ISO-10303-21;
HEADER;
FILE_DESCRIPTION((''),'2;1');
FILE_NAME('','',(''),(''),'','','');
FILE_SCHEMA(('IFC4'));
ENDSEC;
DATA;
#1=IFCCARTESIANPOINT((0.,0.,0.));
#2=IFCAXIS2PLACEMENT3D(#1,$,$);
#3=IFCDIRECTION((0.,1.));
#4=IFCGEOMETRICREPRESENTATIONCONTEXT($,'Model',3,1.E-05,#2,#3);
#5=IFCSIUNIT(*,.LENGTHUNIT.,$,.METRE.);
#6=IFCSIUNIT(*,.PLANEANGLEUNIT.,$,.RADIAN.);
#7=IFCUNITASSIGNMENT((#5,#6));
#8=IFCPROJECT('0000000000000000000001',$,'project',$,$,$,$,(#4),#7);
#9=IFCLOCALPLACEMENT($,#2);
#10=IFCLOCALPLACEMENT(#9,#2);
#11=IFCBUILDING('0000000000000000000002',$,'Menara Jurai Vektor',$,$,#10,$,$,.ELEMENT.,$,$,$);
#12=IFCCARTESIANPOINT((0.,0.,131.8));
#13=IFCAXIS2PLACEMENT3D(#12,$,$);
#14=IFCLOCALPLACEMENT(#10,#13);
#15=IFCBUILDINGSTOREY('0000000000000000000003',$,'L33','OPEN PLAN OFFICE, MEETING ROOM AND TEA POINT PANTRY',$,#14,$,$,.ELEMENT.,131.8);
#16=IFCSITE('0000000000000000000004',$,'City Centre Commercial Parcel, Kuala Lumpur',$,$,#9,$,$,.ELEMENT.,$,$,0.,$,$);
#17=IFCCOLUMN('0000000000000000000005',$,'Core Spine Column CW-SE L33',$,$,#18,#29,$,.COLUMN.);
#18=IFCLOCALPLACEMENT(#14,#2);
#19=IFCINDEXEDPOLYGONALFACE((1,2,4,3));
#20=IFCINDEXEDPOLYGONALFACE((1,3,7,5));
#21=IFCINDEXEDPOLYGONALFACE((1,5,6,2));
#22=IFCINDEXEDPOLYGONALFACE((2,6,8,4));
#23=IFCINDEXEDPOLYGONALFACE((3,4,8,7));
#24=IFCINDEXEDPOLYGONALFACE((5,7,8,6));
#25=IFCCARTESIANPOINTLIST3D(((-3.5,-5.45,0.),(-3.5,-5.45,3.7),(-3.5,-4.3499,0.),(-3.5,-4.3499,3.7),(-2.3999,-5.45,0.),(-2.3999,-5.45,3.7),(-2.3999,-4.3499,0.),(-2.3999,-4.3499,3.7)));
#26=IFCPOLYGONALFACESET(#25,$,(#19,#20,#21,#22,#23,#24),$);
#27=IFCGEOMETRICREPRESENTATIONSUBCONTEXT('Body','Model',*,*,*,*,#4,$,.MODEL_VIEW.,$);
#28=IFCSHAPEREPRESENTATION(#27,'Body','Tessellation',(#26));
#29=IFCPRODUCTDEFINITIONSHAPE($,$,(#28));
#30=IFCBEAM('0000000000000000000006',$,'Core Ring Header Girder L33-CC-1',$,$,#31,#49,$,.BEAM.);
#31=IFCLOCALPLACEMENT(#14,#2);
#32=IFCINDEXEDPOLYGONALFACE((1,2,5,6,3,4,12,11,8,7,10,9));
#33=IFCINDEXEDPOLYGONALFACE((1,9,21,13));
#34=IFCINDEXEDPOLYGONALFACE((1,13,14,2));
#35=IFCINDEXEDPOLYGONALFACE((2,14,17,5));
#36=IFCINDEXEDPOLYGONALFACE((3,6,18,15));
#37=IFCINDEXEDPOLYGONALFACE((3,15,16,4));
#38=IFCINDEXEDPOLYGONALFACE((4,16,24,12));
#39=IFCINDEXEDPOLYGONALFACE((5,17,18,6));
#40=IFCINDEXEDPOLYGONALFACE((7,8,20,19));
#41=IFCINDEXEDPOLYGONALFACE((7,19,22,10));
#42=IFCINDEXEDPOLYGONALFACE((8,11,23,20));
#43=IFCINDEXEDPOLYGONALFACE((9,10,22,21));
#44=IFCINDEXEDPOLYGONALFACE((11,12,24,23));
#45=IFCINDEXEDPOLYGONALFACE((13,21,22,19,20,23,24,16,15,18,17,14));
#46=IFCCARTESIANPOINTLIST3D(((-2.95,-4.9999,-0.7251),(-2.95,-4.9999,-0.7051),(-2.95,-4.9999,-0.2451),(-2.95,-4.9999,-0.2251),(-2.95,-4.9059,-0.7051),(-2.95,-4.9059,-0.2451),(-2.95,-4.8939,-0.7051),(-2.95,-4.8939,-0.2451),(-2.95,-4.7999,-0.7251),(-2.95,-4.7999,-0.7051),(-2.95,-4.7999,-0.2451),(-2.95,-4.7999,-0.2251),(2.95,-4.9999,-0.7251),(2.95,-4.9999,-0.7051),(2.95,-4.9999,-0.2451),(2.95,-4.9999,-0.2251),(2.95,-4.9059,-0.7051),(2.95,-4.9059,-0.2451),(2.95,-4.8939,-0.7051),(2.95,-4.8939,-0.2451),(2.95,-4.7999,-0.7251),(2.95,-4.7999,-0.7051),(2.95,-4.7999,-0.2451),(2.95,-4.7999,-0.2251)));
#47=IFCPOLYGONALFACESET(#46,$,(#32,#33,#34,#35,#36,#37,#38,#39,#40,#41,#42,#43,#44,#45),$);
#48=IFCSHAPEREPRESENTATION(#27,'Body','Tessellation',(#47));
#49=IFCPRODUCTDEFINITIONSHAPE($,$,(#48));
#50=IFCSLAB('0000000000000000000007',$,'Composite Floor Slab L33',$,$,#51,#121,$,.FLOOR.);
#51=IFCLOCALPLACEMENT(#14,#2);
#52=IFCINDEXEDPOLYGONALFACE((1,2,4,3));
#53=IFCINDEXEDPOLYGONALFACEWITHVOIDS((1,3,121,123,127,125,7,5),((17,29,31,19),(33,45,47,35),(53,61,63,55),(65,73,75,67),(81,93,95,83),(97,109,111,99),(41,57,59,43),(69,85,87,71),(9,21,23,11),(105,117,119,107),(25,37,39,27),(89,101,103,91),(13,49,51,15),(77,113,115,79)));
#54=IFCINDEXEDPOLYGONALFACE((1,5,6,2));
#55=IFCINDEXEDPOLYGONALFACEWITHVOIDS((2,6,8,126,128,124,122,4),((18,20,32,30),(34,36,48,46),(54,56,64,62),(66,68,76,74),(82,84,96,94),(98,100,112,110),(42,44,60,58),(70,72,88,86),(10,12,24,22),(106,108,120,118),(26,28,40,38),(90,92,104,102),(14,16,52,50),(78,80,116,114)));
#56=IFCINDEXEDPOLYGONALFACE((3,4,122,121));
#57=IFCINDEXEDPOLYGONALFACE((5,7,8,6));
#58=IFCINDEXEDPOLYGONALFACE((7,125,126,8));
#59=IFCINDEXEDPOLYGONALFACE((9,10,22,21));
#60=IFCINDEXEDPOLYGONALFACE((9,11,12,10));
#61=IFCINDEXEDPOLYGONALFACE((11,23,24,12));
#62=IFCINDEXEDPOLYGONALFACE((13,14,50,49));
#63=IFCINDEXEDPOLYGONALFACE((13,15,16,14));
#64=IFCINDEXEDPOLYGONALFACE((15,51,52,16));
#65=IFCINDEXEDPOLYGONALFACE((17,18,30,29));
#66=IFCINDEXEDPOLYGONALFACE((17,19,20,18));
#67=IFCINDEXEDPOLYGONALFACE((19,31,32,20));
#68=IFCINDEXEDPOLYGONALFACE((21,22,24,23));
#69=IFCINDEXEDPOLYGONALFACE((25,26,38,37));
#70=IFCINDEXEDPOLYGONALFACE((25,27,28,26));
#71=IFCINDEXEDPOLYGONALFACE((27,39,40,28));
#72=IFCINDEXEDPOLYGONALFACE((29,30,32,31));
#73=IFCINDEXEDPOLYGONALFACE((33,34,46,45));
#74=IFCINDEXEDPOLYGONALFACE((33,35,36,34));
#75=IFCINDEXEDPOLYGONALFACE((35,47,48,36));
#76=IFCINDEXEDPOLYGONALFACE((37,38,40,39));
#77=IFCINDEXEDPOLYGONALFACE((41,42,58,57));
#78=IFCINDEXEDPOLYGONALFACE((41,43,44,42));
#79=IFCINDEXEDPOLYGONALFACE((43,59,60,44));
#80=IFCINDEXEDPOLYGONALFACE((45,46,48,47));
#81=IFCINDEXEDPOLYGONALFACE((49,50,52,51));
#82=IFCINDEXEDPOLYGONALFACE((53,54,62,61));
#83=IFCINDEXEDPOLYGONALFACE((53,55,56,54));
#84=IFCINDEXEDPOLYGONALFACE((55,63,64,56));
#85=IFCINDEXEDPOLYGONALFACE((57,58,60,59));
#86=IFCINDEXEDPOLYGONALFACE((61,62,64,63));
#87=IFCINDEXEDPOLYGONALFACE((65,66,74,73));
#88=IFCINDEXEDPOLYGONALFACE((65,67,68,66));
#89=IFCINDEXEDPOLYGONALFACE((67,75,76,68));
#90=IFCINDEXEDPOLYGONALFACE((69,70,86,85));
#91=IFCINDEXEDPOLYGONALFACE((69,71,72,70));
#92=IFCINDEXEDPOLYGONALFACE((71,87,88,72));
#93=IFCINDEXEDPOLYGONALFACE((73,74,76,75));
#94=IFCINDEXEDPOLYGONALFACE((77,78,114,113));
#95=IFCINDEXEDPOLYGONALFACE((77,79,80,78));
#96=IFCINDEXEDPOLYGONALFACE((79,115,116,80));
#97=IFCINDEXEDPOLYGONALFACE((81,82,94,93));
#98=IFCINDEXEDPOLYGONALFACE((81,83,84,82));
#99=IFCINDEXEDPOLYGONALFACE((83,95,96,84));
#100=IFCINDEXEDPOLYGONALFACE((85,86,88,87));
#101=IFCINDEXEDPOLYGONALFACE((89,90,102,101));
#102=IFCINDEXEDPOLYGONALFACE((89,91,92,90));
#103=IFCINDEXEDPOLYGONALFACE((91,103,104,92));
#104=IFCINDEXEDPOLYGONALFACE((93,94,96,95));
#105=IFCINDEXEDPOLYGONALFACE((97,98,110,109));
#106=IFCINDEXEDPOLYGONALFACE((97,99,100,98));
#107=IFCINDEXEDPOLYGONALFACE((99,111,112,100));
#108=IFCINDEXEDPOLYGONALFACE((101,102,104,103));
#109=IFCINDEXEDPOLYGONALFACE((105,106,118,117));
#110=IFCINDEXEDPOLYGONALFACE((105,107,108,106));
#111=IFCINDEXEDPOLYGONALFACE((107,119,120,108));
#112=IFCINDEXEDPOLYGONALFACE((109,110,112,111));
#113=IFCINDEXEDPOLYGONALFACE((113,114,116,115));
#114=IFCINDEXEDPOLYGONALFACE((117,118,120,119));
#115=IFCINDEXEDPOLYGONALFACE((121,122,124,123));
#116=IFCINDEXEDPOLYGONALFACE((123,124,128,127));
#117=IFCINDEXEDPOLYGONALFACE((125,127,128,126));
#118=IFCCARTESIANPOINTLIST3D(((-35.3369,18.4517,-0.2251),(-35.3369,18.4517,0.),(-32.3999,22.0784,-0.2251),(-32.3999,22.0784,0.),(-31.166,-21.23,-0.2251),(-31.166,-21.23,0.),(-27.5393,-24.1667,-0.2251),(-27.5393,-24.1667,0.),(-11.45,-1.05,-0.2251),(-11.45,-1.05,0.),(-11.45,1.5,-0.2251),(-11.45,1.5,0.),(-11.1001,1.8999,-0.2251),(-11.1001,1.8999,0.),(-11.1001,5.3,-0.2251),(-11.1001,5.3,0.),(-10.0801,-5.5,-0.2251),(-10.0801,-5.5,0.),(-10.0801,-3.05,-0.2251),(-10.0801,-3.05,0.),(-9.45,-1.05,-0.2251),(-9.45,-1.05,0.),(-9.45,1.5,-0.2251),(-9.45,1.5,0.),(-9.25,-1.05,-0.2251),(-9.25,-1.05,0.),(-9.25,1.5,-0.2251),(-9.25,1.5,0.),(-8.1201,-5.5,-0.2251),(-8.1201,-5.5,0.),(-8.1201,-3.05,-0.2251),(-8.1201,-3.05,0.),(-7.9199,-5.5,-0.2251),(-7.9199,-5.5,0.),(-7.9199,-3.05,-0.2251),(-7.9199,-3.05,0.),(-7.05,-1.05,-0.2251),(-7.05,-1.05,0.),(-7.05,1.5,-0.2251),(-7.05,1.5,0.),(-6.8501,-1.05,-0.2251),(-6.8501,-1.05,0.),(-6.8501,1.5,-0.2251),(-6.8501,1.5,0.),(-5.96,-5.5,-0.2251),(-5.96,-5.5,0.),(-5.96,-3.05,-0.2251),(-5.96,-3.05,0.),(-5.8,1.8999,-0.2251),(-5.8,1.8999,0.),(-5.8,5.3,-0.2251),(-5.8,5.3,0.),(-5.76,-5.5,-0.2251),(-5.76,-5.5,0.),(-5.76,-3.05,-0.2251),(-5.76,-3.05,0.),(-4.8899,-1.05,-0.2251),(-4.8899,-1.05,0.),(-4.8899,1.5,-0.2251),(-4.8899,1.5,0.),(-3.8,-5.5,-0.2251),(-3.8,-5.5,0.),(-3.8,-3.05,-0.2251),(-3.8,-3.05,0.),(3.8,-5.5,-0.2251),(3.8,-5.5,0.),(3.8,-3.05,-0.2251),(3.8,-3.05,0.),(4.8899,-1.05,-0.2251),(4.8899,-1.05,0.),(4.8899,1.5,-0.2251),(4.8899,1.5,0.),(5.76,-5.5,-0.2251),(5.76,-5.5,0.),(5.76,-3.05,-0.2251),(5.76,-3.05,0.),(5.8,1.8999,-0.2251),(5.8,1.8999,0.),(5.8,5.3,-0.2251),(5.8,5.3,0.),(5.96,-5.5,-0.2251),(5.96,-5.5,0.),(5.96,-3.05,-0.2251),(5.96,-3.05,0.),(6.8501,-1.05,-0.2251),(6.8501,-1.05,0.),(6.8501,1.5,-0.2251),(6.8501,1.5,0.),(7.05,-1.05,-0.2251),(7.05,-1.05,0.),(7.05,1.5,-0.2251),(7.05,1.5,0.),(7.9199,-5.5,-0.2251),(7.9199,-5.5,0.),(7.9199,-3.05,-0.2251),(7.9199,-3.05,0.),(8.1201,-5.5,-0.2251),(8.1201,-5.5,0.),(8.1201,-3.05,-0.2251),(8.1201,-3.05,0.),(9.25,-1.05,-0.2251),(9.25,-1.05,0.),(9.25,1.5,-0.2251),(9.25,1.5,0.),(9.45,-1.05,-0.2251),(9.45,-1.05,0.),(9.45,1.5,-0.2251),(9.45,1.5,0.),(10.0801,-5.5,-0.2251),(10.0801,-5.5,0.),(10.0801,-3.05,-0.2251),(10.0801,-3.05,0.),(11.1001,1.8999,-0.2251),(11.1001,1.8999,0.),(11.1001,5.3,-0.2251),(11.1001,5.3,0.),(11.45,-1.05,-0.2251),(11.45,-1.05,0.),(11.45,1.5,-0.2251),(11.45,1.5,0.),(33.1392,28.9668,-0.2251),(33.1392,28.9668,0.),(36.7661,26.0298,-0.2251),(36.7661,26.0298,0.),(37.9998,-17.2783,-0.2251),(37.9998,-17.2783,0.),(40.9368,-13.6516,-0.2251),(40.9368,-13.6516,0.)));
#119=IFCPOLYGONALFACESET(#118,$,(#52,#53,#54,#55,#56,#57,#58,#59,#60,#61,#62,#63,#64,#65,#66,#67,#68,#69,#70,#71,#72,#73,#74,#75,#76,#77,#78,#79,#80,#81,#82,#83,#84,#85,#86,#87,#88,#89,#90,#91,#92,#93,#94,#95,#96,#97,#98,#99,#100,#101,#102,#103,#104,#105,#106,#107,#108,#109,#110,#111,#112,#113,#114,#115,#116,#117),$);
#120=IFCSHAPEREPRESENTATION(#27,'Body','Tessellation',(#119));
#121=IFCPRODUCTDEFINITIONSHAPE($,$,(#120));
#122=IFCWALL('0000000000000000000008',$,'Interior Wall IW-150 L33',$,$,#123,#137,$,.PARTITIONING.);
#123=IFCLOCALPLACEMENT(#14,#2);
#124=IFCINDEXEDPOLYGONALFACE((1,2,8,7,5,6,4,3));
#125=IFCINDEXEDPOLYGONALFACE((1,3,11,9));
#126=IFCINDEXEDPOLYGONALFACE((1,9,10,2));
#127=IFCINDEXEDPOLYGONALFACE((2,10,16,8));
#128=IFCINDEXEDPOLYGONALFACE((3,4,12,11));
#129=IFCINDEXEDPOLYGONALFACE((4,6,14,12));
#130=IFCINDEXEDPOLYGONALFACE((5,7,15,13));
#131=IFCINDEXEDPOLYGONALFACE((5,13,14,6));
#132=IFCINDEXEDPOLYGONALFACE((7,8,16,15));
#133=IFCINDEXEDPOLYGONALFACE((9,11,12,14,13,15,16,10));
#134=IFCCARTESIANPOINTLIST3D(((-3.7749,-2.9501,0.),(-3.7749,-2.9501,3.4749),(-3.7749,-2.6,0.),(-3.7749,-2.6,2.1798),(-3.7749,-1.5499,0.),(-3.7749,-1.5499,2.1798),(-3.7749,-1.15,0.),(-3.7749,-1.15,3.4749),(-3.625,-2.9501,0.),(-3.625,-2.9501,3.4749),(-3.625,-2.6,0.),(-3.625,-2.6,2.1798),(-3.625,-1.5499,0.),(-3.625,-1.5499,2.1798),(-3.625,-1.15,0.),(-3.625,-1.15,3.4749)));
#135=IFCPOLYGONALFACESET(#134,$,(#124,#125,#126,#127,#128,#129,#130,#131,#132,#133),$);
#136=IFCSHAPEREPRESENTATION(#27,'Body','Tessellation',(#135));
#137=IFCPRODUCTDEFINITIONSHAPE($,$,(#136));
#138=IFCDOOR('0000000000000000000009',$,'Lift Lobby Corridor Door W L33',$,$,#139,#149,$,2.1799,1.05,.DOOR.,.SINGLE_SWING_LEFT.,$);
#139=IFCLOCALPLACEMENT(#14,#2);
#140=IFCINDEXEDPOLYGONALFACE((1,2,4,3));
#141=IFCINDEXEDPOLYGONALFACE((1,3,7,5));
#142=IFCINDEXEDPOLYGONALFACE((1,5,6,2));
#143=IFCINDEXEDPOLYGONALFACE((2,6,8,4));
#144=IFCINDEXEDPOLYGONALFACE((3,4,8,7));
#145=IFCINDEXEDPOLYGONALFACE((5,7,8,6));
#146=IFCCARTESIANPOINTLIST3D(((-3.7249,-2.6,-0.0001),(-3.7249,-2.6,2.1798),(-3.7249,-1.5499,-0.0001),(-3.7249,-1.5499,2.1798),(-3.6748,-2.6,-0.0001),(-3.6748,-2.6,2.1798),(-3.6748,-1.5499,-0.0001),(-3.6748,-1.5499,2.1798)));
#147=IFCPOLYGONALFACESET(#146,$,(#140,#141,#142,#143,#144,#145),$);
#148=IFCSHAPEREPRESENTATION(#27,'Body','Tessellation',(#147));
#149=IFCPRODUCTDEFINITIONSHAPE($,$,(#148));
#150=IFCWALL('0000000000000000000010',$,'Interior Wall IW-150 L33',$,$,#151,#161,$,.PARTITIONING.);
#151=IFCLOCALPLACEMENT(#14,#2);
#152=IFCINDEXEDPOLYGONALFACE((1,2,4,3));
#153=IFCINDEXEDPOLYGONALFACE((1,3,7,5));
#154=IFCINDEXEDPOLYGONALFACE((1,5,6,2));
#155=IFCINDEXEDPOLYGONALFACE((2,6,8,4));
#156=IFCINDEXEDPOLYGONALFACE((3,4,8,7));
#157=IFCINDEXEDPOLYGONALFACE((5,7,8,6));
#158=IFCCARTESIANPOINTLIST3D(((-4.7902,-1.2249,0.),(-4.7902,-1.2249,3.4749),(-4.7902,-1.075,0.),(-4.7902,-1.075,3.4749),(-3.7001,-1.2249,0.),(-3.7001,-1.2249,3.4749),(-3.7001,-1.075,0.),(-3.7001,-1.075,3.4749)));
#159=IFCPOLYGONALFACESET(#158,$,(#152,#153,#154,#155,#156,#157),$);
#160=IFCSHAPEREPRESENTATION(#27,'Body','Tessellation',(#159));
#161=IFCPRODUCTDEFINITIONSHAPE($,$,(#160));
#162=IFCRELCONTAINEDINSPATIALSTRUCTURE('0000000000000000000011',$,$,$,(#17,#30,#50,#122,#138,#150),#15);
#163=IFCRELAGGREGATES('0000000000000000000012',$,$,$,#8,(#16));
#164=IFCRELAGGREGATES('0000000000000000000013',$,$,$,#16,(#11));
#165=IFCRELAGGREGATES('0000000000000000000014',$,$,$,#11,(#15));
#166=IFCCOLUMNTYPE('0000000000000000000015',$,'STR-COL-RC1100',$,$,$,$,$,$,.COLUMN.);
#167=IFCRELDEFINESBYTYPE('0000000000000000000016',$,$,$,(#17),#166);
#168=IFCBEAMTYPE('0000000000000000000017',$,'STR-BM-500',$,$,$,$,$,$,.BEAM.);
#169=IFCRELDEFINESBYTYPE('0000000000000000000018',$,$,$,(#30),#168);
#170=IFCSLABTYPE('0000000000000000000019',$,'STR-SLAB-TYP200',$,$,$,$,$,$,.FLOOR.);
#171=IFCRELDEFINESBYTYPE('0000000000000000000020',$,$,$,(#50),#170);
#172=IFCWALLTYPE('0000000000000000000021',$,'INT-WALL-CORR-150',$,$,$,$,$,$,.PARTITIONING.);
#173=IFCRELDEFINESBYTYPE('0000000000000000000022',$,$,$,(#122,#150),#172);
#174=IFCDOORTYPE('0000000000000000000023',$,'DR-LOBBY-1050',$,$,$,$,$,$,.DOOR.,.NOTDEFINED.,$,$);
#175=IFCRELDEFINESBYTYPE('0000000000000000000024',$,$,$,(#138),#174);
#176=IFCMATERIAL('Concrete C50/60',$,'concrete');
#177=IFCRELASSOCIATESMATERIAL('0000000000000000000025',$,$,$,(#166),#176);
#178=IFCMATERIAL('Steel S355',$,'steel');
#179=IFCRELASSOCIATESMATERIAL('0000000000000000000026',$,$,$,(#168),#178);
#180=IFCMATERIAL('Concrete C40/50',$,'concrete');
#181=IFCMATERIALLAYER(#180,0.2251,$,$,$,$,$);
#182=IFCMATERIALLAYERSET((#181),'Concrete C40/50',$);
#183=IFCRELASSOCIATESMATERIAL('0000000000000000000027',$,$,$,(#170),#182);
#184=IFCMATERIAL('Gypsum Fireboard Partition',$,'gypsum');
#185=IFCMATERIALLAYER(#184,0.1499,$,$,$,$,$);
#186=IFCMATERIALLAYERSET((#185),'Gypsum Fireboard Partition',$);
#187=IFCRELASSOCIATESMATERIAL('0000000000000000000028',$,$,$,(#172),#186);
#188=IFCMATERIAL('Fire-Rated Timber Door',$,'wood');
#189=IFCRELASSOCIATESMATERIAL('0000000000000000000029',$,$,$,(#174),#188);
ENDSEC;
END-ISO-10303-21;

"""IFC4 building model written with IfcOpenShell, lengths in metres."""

from ifc_helpers import new_model, si_unit, direction, frame, frame_2d, origin, origin_2d, place, context, subcontext, project, spatial, polyline, rectangle, i_section, outline, extrude, material, layer, layer_set, material_profile, profile_set, type_object, element, fill, save


model = new_model("IFC4")

# Units and contexts
model_context = context("Model", 3, precision=1e-05, world=origin(), true_north=direction((0.0, 1.0)))
body_context = subcontext(model_context, "Body", "Model", "MODEL_VIEW")
ifc_project = project(units=[si_unit("LENGTHUNIT", "METRE"), si_unit("PLANEANGLEUNIT", "RADIAN")], contexts=[model_context])

# Site, building, storey
site_placement = place(None, origin())
site = spatial("IfcSite", under=ifc_project, at=site_placement, Name="City Centre Commercial Parcel, Kuala Lumpur", CompositionType="ELEMENT", RefElevation=0.0)
building_placement = place(site_placement, origin())
building = spatial("IfcBuilding", under=site, at=building_placement, Name="Menara Jurai Vektor", CompositionType="ELEMENT")
storey_placement = place(building_placement, frame((0.0, 0.0, 131.8)))
storey = spatial("IfcBuildingStorey", under=building, at=storey_placement, Name="L33", Description="OPEN PLAN OFFICE, MEETING ROOM AND TEA POINT PANTRY", CompositionType="ELEMENT", Elevation=131.8)

# Column
ifc_material_1 = material(Name="Concrete C50/60", Category="concrete")
ifc_material_profile_1 = material_profile(ifc_material_1, rectangle(XDim=1.1001, YDim=1.1001, at=origin_2d()), Name="RC 1100x1100")
ifc_profile_set_1 = profile_set([ifc_material_profile_1], Name="Concrete C50/60")
column_type = type_object("IfcColumnType", Name="STR-COL-RC1100", PredefinedType="COLUMN", material=ifc_profile_set_1)
column_placement = place(storey_placement, frame((-2.95, -4.8999, 0.0), z_axis=(0.0, 0.0, 1.0), x_axis=(1.0, 0.0, 0.0)))
element("IfcColumn", 1, at=column_placement, inside=storey, type_object=column_type, Name="Core Spine Column CW-SE L33", PredefinedType="COLUMN", context=body_context, shape_type="SweptSolid", body=[
    extrude(rectangle(XDim=1.1001, YDim=1.1001, at=origin_2d()), origin(), (0.0, 0.0, 1.0), 3.7),
])

# Beam
ifc_material_2 = material(Name="Steel S355", Category="steel")
ifc_material_profile_2 = material_profile(ifc_material_2, i_section(OverallWidth=0.2, OverallDepth=0.5, WebThickness=0.012, FlangeThickness=0.02, at=origin_2d()), Name="PG 500x200x96")
ifc_profile_set_2 = profile_set([ifc_material_profile_2], Name="Steel S355")
beam_type = type_object("IfcBeamType", Name="STR-BM-500", PredefinedType="BEAM", material=ifc_profile_set_2)
beam_placement = place(storey_placement, frame((-2.95, -4.8999, -0.4751), z_axis=(1.0, 0.0, 0.0), x_axis=(0.0, 1.0, 0.0)))
element("IfcBeam", 2, at=beam_placement, inside=storey, type_object=beam_type, Name="Core Ring Header Girder L33-CC-1", PredefinedType="BEAM", context=body_context, shape_type="SweptSolid", body=[
    extrude(i_section(OverallWidth=0.2, OverallDepth=0.5, WebThickness=0.012, FlangeThickness=0.02, at=origin_2d()), origin(), (0.0, 0.0, 1.0), 5.8999),
])

# Slab
ifc_material_3 = material(Name="Concrete C40/50", Category="concrete")
ifc_layer_1 = layer(ifc_material_3, 0.2251)
ifc_layer_set_1 = layer_set([ifc_layer_1], Name="Concrete C40/50")
slab_type = type_object("IfcSlabType", Name="STR-SLAB-TYP200", PredefinedType="FLOOR", material=ifc_layer_set_1)
slab_placement = place(storey_placement, frame((0.0, 0.0, -0.2251)))
element("IfcSlab", 3, at=slab_placement, inside=storey, type_object=slab_type, Name="Composite Floor Slab L33", PredefinedType="FLOOR", context=body_context, shape_type="SweptSolid", body=[
    extrude(outline(polyline([(-27.5393, -24.1667), (37.9998, -17.2783), (40.9368, -13.6516), (36.7661, 26.0298), (33.1392, 28.9668), (-32.3999, 22.0784), (-35.3369, 18.4517), (-31.166, -21.23), (-27.5393, -24.1667)]), holes=[polyline([(-11.1001, 1.8999), (-11.1001, 5.3), (-5.8, 5.3), (-5.8, 1.8999), (-11.1001, 1.8999)]), polyline([(5.8, 1.8999), (5.8, 5.3), (11.1001, 5.3), (11.1001, 1.8999), (5.8, 1.8999)]), polyline([(-11.45, -1.05), (-11.45, 1.5), (-9.45, 1.5), (-9.45, -1.05), (-11.45, -1.05)]), polyline([(9.45, -1.05), (9.45, 1.5), (11.45, 1.5), (11.45, -1.05), (9.45, -1.05)]), polyline([(-5.76, -5.5), (-5.76, -3.05), (-3.8, -3.05), (-3.8, -5.5), (-5.76, -5.5)]), polyline([(-6.8501, -1.05), (-6.8501, 1.5), (-4.8899, 1.5), (-4.8899, -1.05), (-6.8501, -1.05)]), polyline([(3.8, -5.5), (3.8, -3.05), (5.76, -3.05), (5.76, -5.5), (3.8, -5.5)]), polyline([(4.8899, -1.05), (4.8899, 1.5), (6.8501, 1.5), (6.8501, -1.05), (4.8899, -1.05)]), polyline([(-10.0801, -5.5), (-10.0801, -3.05), (-8.1201, -3.05), (-8.1201, -5.5), (-10.0801, -5.5)]), polyline([(-7.9199, -5.5), (-7.9199, -3.05), (-5.96, -3.05), (-5.96, -5.5), (-7.9199, -5.5)]), polyline([(5.96, -5.5), (5.96, -3.05), (7.9199, -3.05), (7.9199, -5.5), (5.96, -5.5)]), polyline([(8.1201, -5.5), (8.1201, -3.05), (10.0801, -3.05), (10.0801, -5.5), (8.1201, -5.5)]), polyline([(-9.25, -1.05), (-9.25, 1.5), (-7.05, 1.5), (-7.05, -1.05), (-9.25, -1.05)]), polyline([(7.05, -1.05), (7.05, 1.5), (9.25, 1.5), (9.25, -1.05), (7.05, -1.05)])]), origin(), (0.0, 0.0, 1.0), 0.2251),
])

# Wall, opening, door
ifc_material_4 = material(Name="Gypsum Fireboard Partition", Category="gypsum")
ifc_layer_2 = layer(ifc_material_4, 0.1499)
ifc_layer_set_2 = layer_set([ifc_layer_2], Name="Gypsum Fireboard Partition")
wall_type_1 = type_object("IfcWallType", Name="INT-WALL-CORR-150", PredefinedType="PARTITIONING", material=ifc_layer_set_2)
wall_1_placement = place(storey_placement, frame((-3.7, -2.95, 0.0), z_axis=(0.0, 0.0, 1.0), x_axis=(0.0, 1.0, 0.0)))
wall_1 = element("IfcWall", 4, at=wall_1_placement, inside=storey, type_object=wall_type_1, Name="Interior Wall IW-150 L33", PredefinedType="PARTITIONING", context=body_context, shape_type="SweptSolid", body=[
    extrude(rectangle(XDim=1.8, YDim=0.1499, at=frame_2d((0.8999, 0.0))), origin(), (0.0, 0.0, 1.0), 3.4749),
])
opening_1_placement = place(wall_1_placement, frame((0.3501, 0.0, 0.0)))
opening_1 = element("IfcOpeningElement", 5, at=opening_1_placement, cuts=wall_1, PredefinedType="OPENING", context=body_context, shape_type="SweptSolid", body=[
    extrude(rectangle(XDim=1.05, YDim=2.1799, at=frame_2d((0.5249, 1.0898))), frame((0.0, 0.085, 0.0), z_axis=(0.0, -1.0, 0.0), x_axis=(1.0, 0.0, 0.0)), (0.0, 0.0, 1.0), 0.1699),
])
ifc_material_5 = material(Name="Fire-Rated Timber Door", Category="wood")
door_type_1 = type_object("IfcDoorType", Name="DR-LOBBY-1050", OperationType="NOTDEFINED", PredefinedType="DOOR", material=ifc_material_5)
door_1_placement = place(opening_1_placement, origin())
door_1 = element("IfcDoor", 6, at=door_1_placement, inside=storey, type_object=door_type_1, Name="Lift Lobby Corridor Door W L33", OperationType="SINGLE_SWING_LEFT", OverallHeight=2.1799, OverallWidth=1.05, PredefinedType="DOOR", context=body_context, shape_type="SweptSolid", body=[
    extrude(rectangle(XDim=1.05, YDim=2.1799, at=frame_2d((0.5249, 1.0898))), frame((0.0, 0.0249, 0.0), z_axis=(0.0, -1.0, 0.0), x_axis=(1.0, 0.0, 0.0)), (0.0, 0.0, 1.0), 0.05),
])
fill(opening_1, door_1)

# Wall
wall_2_placement = place(storey_placement, frame((-4.79, -1.1499, 0.0), z_axis=(0.0, 0.0, 1.0), x_axis=(1.0, 0.0, 0.0)))
element("IfcWall", 7, at=wall_2_placement, inside=storey, type_object=wall_type_1, Name="Interior Wall IW-150 L33", PredefinedType="PARTITIONING", context=body_context, shape_type="SweptSolid", body=[
    extrude(rectangle(XDim=1.0901, YDim=0.1499, at=frame_2d((0.5449, 0.0))), origin(), (0.0, 0.0, 1.0), 3.4749),
])

save(model, "model.ifc")
